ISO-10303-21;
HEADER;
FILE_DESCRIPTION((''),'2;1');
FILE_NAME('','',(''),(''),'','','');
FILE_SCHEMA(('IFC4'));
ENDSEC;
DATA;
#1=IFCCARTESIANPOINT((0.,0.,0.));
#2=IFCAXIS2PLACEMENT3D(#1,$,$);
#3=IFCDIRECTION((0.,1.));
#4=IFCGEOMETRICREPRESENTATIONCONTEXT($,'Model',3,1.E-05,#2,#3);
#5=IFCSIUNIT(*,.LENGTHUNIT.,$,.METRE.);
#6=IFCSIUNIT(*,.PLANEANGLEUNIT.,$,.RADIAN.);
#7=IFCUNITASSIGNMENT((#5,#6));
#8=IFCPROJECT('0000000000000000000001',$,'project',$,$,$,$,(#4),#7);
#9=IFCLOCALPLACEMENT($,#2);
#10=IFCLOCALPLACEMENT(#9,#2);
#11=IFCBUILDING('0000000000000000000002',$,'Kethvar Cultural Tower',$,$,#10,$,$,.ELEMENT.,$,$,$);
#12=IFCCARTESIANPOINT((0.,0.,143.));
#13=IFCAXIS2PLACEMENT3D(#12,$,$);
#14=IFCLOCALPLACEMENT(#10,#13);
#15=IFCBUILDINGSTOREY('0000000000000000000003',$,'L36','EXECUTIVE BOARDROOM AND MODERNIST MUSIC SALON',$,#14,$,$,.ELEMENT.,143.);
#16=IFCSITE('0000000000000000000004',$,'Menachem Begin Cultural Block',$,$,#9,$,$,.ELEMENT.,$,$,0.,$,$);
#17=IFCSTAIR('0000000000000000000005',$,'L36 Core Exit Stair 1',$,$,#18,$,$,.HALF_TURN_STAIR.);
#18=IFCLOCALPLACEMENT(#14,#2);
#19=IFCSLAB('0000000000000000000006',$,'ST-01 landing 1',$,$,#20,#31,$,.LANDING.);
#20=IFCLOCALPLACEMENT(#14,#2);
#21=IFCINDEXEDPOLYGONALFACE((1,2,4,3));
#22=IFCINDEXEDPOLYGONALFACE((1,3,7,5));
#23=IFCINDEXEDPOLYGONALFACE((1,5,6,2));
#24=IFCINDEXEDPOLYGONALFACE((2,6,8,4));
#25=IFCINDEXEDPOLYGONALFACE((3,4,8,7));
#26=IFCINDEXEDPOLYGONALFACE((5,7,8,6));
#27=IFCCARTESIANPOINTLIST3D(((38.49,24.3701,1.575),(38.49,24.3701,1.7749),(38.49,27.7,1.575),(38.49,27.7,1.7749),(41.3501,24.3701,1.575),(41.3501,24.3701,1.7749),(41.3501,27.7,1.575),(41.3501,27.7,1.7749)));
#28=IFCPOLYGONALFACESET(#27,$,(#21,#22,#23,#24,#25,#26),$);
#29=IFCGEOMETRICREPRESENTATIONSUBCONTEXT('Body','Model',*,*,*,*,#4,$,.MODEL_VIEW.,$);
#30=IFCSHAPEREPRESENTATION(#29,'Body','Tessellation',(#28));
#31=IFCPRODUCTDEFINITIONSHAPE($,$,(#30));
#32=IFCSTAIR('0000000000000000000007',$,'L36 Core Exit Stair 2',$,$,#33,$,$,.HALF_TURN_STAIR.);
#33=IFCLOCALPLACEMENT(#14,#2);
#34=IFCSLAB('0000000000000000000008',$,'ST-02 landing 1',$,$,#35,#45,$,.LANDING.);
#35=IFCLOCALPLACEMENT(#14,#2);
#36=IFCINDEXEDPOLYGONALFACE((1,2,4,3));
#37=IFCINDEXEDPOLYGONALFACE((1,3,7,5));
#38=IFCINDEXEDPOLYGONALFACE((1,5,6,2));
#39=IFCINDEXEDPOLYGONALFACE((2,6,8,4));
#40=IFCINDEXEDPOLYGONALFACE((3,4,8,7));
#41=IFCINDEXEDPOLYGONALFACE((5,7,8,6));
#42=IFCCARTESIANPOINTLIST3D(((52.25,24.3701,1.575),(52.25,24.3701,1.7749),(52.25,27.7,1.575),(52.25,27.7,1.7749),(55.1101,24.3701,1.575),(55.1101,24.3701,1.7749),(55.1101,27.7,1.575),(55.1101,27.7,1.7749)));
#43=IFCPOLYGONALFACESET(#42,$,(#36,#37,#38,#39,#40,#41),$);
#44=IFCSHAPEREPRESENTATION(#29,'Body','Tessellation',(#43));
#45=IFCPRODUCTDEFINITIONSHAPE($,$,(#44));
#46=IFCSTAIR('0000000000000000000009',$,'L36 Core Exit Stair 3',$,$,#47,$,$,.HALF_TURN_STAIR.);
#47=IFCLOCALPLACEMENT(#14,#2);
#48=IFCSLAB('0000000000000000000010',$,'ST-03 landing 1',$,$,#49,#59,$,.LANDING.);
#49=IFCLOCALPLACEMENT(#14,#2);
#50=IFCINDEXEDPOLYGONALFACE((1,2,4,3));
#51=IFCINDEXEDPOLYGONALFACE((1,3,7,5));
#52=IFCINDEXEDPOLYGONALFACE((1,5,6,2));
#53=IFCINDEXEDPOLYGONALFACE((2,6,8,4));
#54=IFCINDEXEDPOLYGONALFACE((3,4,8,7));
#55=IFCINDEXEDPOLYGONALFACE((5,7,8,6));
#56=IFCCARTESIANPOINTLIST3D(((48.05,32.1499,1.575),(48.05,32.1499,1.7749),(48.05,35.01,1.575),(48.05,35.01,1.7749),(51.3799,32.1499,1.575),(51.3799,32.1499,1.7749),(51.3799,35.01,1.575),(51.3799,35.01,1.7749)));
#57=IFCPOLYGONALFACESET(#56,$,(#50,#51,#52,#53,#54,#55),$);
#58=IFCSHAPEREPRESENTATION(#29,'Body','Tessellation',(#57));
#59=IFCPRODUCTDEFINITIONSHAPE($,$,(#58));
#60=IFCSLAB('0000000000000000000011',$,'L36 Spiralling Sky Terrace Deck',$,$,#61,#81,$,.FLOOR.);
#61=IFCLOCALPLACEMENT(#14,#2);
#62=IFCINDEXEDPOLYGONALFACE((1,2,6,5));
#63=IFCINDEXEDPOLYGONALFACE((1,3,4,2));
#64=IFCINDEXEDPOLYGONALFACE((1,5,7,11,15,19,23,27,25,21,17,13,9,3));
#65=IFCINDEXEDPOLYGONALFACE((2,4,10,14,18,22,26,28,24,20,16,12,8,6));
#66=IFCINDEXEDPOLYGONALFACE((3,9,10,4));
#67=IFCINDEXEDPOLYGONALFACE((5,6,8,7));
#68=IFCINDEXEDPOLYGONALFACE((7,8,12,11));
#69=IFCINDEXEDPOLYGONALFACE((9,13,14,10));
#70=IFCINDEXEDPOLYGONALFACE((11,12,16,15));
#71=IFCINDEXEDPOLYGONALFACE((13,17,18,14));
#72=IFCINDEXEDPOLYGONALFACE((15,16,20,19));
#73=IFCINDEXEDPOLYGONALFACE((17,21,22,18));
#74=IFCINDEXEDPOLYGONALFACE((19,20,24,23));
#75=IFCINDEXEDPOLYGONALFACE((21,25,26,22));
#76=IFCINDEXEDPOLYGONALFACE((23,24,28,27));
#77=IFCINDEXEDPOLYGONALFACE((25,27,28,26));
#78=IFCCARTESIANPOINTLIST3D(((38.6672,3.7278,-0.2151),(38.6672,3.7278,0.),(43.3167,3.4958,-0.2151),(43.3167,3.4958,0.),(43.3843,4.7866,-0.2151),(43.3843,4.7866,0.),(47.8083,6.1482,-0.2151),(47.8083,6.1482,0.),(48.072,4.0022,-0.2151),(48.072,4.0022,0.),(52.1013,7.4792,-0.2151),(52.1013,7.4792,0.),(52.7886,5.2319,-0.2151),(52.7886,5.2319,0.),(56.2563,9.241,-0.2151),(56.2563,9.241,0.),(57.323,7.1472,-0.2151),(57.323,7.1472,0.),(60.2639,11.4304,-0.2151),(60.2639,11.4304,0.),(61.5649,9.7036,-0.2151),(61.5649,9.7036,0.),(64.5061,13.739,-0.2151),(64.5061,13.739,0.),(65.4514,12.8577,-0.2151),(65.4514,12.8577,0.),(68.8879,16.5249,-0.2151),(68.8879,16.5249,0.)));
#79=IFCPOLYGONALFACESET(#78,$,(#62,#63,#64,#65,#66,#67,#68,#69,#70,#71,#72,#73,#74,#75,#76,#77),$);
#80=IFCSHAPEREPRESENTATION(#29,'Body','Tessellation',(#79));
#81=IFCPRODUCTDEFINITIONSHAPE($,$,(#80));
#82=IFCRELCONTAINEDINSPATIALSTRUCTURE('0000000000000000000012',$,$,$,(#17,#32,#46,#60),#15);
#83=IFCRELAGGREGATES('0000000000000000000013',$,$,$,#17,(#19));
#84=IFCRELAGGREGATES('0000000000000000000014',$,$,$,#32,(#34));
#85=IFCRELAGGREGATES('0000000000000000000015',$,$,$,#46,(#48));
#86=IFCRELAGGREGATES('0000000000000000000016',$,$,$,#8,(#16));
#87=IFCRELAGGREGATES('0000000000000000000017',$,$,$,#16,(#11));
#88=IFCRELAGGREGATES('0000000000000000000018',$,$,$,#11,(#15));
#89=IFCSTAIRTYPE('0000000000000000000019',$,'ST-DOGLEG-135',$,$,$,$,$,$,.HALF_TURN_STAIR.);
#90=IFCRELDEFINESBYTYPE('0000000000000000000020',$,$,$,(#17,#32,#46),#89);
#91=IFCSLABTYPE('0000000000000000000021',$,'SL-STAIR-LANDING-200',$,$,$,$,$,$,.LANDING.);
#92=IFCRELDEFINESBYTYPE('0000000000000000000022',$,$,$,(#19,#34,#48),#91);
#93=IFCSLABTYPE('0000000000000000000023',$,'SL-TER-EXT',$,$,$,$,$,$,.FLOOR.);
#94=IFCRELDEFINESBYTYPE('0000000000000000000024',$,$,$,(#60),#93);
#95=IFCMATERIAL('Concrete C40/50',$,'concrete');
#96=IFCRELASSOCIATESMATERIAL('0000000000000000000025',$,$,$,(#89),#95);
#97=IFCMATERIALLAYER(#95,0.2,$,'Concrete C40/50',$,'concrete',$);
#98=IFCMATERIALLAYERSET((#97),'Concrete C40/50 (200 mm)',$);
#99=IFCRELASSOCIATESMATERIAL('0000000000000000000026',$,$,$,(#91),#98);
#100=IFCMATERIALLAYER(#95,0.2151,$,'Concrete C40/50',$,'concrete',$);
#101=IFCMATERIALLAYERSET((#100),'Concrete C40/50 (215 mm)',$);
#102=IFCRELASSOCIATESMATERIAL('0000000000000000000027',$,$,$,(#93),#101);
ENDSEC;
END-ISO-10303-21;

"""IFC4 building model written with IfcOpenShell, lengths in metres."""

from ifc_helpers import new_model, si_unit, direction, frame, origin, place, context, subcontext, project, spatial, polyline, outline, extrude, material, layer, layer_set, type_object, element, aggregate, save


model = new_model("IFC4")

# Units and contexts
model_context = context("Model", 3, precision=1e-05, world=origin(), true_north=direction((0.0, 1.0)))
body_context = subcontext(model_context, "Body", "Model", "MODEL_VIEW")
ifc_project = project(units=[si_unit("LENGTHUNIT", "METRE"), si_unit("PLANEANGLEUNIT", "RADIAN")], contexts=[model_context])

# Site, building, storey
site_placement = place(None, origin())
site = spatial("IfcSite", under=ifc_project, at=site_placement, Name="Menachem Begin Cultural Block", CompositionType="ELEMENT", RefElevation=0.0)
building_placement = place(site_placement, origin())
building = spatial("IfcBuilding", under=site, at=building_placement, Name="Kethvar Cultural Tower", CompositionType="ELEMENT")
storey_placement = place(building_placement, frame((0.0, 0.0, 143.0)))
storey = spatial("IfcBuildingStorey", under=building, at=storey_placement, Name="L36", Description="EXECUTIVE BOARDROOM AND MODERNIST MUSIC SALON", CompositionType="ELEMENT", Elevation=143.0)

# Stairs, slabs
ifc_material_1 = material(Name="Concrete C40/50", Category="concrete")
stair_type = type_object("IfcStairType", Name="ST-DOGLEG-135", PredefinedType="HALF_TURN_STAIR", material=ifc_material_1)
stair_1_placement = place(storey_placement, origin())
stair_1 = element("IfcStair", 1, at=stair_1_placement, inside=storey, type_object=stair_type, Name="L36 Core Exit Stair 1", PredefinedType="HALF_TURN_STAIR")
ifc_layer_1 = layer(ifc_material_1, 0.2, Name="Concrete C40/50", Category="concrete")
ifc_layer_set_1 = layer_set([ifc_layer_1], Name="Concrete C40/50 (200 mm)")
slab_type_1 = type_object("IfcSlabType", Name="SL-STAIR-LANDING-200", PredefinedType="LANDING", material=ifc_layer_set_1)
slab_1_placement = place(storey_placement, frame((0.0, 0.0, 1.575)))
slab_1 = element("IfcSlab", 2, at=slab_1_placement, type_object=slab_type_1, Name="ST-01 landing 1", PredefinedType="LANDING", context=body_context, shape_type="SweptSolid", body=[
    extrude(outline(polyline([(41.3501, 24.3701), (41.3501, 27.7), (38.49, 27.7), (38.49, 24.3701), (41.3501, 24.3701)])), origin(), (0.0, 0.0, 1.0), 0.2),
])
aggregate(stair_1, [slab_1])
stair_2_placement = place(storey_placement, origin())
stair_2 = element("IfcStair", 3, at=stair_2_placement, inside=storey, type_object=stair_type, Name="L36 Core Exit Stair 2", PredefinedType="HALF_TURN_STAIR")
slab_2_placement = place(storey_placement, frame((0.0, 0.0, 1.575)))
slab_2 = element("IfcSlab", 4, at=slab_2_placement, type_object=slab_type_1, Name="ST-02 landing 1", PredefinedType="LANDING", context=body_context, shape_type="SweptSolid", body=[
    extrude(outline(polyline([(55.1101, 24.3701), (55.1101, 27.7), (52.25, 27.7), (52.25, 24.3701), (55.1101, 24.3701)])), origin(), (0.0, 0.0, 1.0), 0.2),
])
aggregate(stair_2, [slab_2])
stair_3_placement = place(storey_placement, origin())
stair_3 = element("IfcStair", 5, at=stair_3_placement, inside=storey, type_object=stair_type, Name="L36 Core Exit Stair 3", PredefinedType="HALF_TURN_STAIR")
slab_3_placement = place(storey_placement, frame((0.0, 0.0, 1.575)))
slab_3 = element("IfcSlab", 6, at=slab_3_placement, type_object=slab_type_1, Name="ST-03 landing 1", PredefinedType="LANDING", context=body_context, shape_type="SweptSolid", body=[
    extrude(outline(polyline([(51.3799, 35.01), (48.05, 35.01), (48.05, 32.1499), (51.3799, 32.1499), (51.3799, 35.01)])), origin(), (0.0, 0.0, 1.0), 0.2),
])
aggregate(stair_3, [slab_3])

# Slab
ifc_layer_2 = layer(ifc_material_1, 0.2151, Name="Concrete C40/50", Category="concrete")
ifc_layer_set_2 = layer_set([ifc_layer_2], Name="Concrete C40/50 (215 mm)")
slab_type_2 = type_object("IfcSlabType", Name="SL-TER-EXT", PredefinedType="FLOOR", material=ifc_layer_set_2)
slab_4_placement = place(storey_placement, frame((0.0, 0.0, -0.2151)))
element("IfcSlab", 7, at=slab_4_placement, inside=storey, type_object=slab_type_2, Name="L36 Spiralling Sky Terrace Deck", PredefinedType="FLOOR", context=body_context, shape_type="SweptSolid", body=[
    extrude(outline(polyline([(38.6672, 3.7278), (43.3167, 3.4958), (48.072, 4.0022), (52.7886, 5.2319), (57.323, 7.1472), (61.5649, 9.7036), (65.4514, 12.8577), (68.8879, 16.5249), (64.5061, 13.739), (60.2639, 11.4304), (56.2563, 9.241), (52.1013, 7.4792), (47.8083, 6.1482), (43.3843, 4.7866), (38.6672, 3.7278)])), origin(), (0.0, 0.0, 1.0), 0.2151),
])

save(model, "model.ifc")
